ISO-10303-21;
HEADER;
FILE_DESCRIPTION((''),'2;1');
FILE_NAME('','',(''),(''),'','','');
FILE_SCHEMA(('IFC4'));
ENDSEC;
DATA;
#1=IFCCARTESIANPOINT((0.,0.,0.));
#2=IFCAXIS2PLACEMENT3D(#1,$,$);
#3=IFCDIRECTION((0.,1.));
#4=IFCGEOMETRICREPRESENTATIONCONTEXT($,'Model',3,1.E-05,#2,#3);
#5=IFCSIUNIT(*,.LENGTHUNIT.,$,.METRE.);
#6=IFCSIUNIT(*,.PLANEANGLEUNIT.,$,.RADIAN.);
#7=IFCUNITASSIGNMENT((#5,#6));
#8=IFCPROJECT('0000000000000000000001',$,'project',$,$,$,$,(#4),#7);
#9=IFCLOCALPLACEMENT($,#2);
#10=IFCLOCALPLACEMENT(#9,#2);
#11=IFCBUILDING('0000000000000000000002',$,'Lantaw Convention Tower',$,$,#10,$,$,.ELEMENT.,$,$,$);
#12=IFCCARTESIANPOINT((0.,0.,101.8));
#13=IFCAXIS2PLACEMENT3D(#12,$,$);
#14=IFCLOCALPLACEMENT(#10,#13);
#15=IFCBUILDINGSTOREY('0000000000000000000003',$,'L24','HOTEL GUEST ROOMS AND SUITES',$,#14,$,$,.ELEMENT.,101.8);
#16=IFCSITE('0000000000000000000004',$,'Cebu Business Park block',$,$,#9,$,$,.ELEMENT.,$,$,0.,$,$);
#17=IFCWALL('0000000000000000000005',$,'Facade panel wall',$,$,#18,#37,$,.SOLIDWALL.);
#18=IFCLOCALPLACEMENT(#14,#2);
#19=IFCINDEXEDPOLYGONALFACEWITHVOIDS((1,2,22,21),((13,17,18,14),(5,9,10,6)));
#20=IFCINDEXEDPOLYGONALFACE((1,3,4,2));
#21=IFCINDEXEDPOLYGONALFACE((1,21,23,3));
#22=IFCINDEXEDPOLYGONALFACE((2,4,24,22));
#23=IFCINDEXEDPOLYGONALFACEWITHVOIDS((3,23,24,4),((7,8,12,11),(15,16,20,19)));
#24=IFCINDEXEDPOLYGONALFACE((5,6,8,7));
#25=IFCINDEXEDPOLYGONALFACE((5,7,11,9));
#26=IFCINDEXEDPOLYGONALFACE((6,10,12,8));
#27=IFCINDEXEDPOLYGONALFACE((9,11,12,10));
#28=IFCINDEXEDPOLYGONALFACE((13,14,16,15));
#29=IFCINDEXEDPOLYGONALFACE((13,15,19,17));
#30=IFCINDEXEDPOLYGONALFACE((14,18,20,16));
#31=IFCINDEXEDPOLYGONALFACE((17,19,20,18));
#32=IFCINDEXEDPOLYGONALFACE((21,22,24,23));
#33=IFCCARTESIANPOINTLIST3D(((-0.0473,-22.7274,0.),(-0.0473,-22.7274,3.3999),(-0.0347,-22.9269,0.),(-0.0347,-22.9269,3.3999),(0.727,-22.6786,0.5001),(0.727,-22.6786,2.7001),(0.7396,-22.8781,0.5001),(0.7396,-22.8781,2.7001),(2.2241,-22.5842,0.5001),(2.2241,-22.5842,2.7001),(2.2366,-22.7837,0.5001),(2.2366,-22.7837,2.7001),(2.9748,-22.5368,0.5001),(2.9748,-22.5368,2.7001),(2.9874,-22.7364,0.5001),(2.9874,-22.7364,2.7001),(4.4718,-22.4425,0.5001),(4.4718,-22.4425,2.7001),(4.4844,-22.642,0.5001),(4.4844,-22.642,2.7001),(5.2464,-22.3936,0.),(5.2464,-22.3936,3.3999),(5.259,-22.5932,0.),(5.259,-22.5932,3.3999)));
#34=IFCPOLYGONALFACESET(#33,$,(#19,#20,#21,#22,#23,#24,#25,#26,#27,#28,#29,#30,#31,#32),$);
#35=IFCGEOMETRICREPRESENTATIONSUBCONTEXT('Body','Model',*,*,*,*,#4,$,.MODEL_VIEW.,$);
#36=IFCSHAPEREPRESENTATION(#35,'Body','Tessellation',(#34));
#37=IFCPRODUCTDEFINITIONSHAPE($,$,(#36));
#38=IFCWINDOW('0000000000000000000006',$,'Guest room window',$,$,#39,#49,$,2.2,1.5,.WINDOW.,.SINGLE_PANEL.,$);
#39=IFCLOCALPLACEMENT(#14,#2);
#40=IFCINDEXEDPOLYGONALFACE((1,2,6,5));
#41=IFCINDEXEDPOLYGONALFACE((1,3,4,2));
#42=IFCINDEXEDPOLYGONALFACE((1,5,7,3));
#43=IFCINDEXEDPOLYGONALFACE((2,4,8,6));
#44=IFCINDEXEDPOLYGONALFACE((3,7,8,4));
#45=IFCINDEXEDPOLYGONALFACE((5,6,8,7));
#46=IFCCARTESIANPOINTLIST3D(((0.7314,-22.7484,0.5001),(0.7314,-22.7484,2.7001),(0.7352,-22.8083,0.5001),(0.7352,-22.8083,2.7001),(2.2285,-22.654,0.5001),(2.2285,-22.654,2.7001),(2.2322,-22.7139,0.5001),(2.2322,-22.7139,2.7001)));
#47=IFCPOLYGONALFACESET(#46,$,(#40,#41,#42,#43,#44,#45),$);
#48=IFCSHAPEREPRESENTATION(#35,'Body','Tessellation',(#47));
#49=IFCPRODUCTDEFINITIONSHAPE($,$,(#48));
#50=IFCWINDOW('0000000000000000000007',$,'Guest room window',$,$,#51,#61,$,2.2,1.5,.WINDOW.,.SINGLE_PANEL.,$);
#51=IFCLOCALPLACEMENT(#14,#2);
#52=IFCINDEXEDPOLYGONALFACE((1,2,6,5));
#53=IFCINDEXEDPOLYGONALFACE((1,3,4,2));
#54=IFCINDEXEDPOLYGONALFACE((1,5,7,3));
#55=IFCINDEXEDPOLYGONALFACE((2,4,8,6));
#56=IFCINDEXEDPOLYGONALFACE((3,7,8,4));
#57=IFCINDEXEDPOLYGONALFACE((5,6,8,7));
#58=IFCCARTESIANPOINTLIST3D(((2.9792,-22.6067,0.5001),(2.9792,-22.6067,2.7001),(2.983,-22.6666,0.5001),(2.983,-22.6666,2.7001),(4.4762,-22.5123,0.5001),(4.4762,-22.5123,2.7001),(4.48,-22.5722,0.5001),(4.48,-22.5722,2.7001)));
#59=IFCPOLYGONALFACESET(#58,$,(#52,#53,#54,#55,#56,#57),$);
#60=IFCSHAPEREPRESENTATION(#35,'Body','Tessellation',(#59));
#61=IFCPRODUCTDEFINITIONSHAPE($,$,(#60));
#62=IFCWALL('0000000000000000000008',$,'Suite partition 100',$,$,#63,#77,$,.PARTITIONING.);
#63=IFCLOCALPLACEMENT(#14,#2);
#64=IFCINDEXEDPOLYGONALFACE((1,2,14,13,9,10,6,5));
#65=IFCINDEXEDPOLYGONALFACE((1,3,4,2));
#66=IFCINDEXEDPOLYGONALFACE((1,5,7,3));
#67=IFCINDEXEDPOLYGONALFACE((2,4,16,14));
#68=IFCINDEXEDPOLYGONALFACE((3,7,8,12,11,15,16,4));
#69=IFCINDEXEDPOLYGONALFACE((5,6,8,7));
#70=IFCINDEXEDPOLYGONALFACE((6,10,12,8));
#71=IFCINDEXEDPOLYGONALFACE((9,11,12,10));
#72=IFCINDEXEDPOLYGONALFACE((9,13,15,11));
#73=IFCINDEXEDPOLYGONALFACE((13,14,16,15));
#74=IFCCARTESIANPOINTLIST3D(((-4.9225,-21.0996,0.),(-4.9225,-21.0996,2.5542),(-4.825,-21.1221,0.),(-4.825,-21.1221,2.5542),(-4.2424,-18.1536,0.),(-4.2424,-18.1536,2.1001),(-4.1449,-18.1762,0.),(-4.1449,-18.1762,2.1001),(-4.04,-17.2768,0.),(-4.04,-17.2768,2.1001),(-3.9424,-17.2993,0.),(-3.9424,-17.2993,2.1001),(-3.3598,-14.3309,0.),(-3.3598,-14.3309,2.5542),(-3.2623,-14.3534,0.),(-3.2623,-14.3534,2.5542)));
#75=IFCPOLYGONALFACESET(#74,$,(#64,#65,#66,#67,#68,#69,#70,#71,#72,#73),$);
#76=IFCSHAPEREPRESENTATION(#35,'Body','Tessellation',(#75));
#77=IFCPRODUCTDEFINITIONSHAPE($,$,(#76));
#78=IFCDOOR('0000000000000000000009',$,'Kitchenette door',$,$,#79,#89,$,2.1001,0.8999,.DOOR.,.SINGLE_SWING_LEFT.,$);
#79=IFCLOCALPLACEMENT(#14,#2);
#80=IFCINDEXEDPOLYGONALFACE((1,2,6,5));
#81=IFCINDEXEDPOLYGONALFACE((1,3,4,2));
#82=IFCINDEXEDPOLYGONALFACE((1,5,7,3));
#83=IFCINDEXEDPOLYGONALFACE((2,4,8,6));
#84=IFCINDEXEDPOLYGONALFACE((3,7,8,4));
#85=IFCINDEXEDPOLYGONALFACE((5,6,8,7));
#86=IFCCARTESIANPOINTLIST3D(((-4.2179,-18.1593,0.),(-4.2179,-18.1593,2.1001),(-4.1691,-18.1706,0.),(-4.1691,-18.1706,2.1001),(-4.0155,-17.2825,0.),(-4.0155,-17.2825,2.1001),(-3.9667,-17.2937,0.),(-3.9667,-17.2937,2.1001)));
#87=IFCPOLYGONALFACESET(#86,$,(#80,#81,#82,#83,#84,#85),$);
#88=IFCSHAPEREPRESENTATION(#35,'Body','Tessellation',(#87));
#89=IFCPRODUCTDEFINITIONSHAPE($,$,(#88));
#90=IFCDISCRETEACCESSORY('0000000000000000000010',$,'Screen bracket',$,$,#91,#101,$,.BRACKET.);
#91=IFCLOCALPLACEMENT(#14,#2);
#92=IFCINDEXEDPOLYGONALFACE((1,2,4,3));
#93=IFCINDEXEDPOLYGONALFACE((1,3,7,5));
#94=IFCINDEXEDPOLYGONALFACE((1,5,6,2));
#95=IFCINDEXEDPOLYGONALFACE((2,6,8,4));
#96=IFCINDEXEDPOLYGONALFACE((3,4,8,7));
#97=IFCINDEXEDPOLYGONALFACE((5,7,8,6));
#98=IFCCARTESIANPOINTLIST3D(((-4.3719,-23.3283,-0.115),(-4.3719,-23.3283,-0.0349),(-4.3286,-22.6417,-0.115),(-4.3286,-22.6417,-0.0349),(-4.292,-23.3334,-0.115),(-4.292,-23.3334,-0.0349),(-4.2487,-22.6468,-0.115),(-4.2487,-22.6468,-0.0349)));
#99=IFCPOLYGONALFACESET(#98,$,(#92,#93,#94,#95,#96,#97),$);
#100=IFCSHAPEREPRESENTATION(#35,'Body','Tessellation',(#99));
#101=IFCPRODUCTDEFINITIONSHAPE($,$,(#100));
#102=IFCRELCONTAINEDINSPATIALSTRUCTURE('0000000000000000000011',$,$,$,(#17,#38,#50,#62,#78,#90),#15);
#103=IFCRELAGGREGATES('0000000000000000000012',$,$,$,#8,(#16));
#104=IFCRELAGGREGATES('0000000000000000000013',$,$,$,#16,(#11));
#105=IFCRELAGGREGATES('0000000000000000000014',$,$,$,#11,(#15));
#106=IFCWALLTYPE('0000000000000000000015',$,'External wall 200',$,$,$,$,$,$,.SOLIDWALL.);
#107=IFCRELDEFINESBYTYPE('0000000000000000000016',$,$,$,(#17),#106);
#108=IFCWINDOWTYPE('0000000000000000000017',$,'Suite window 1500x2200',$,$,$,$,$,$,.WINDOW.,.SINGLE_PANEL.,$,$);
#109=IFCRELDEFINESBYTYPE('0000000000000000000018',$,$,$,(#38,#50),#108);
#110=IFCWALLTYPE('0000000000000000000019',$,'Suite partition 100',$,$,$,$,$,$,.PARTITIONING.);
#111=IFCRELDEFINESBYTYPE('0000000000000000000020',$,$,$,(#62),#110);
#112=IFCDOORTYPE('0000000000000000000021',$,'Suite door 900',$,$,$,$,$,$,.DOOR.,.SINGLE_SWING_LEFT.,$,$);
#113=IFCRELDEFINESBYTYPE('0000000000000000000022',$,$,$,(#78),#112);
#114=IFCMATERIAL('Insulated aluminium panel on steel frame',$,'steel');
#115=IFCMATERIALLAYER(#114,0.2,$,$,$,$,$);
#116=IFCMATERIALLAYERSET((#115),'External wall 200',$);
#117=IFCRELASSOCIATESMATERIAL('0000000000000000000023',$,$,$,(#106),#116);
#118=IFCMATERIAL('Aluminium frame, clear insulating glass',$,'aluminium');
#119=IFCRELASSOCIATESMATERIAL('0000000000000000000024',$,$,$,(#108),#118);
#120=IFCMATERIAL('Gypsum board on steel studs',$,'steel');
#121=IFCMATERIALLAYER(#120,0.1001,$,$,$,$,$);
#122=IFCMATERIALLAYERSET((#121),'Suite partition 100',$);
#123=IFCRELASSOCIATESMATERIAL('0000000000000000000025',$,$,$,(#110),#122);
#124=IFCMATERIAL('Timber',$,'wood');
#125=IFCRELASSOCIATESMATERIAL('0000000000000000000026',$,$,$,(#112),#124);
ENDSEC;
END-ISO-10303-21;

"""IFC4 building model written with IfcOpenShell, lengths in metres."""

from ifc_helpers import new_model, si_unit, direction, frame, frame_2d, origin, origin_2d, place, context, subcontext, project, spatial, rectangle, extrude, material, layer, layer_set, type_object, element, fill, save


model = new_model("IFC4")

# Units and contexts
model_context = context("Model", 3, precision=1e-05, world=origin(), true_north=direction((0.0, 1.0)))
body_context = subcontext(model_context, "Body", "Model", "MODEL_VIEW")
ifc_project = project(units=[si_unit("LENGTHUNIT", "METRE"), si_unit("PLANEANGLEUNIT", "RADIAN")], contexts=[model_context])

# Site, building, storey
site_placement = place(None, origin())
site = spatial("IfcSite", under=ifc_project, at=site_placement, Name="Cebu Business Park block", CompositionType="ELEMENT", RefElevation=0.0)
building_placement = place(site_placement, origin())
building = spatial("IfcBuilding", under=site, at=building_placement, Name="Lantaw Convention Tower", CompositionType="ELEMENT")
storey_placement = place(building_placement, frame((0.0, 0.0, 101.8)))
storey = spatial("IfcBuildingStorey", under=building, at=storey_placement, Name="L24", Description="HOTEL GUEST ROOMS AND SUITES", CompositionType="ELEMENT", Elevation=101.8)

# Wall, openings, windows
ifc_material_1 = material(Name="Insulated aluminium panel on steel frame", Category="steel")
ifc_layer_1 = layer(ifc_material_1, 0.2)
ifc_layer_set_1 = layer_set([ifc_layer_1], Name="External wall 200")
wall_type_1 = type_object("IfcWallType", Name="External wall 200", PredefinedType="SOLIDWALL", material=ifc_layer_set_1)
wall_1_placement = place(storey_placement, frame((-0.041, -22.8271, 0.0), z_axis=(0.0, 0.0, 1.0), x_axis=(0.998019, 0.06292, 0.0)))
wall_1 = element("IfcWall", 1, at=wall_1_placement, inside=storey, type_object=wall_type_1, Name="Facade panel wall", PredefinedType="SOLIDWALL", context=body_context, shape_type="SweptSolid", body=[
    extrude(rectangle(XDim=5.3042, YDim=0.2, at=frame_2d((2.6521, 0.0))), origin(), (0.0, 0.0, 1.0), 3.3999),
])
opening_1_placement = place(wall_1_placement, frame((0.7759, 0.0, 0.5)))
opening_1 = element("IfcOpeningElement", 2, at=opening_1_placement, cuts=wall_1, PredefinedType="OPENING", context=body_context, shape_type="SweptSolid", body=[
    extrude(rectangle(XDim=1.5, YDim=2.2, at=frame_2d((0.75, 1.1001))), frame((0.0, 0.1099, 0.0), z_axis=(0.0, -1.0, 0.0), x_axis=(1.0, 0.0, 0.0)), (0.0, 0.0, 1.0), 0.22),
])
opening_2_placement = place(wall_1_placement, frame((3.0281, 0.0, 0.5)))
opening_2 = element("IfcOpeningElement", 3, at=opening_2_placement, cuts=wall_1, PredefinedType="OPENING", context=body_context, shape_type="SweptSolid", body=[
    extrude(rectangle(XDim=1.5, YDim=2.2, at=frame_2d((0.75, 1.1001))), frame((0.0, 0.1099, 0.0), z_axis=(0.0, -1.0, 0.0), x_axis=(1.0, 0.0, 0.0)), (0.0, 0.0, 1.0), 0.22),
])
ifc_material_2 = material(Name="Aluminium frame, clear insulating glass", Category="aluminium")
window_type = type_object("IfcWindowType", Name="Suite window 1500x2200", PartitioningType="SINGLE_PANEL", PredefinedType="WINDOW", material=ifc_material_2)
window_1_placement = place(opening_1_placement, origin())
window_1 = element("IfcWindow", 4, at=window_1_placement, inside=storey, type_object=window_type, Name="Guest room window", OverallHeight=2.2, OverallWidth=1.5, PartitioningType="SINGLE_PANEL", PredefinedType="WINDOW", context=body_context, shape_type="SweptSolid", body=[
    extrude(rectangle(XDim=1.5, YDim=2.2, at=frame_2d((0.75, 1.1001))), frame((0.0, 0.03, 0.0), z_axis=(0.0, -1.0, 0.0), x_axis=(1.0, 0.0, 0.0)), (0.0, 0.0, 1.0), 0.0601),
])
fill(opening_1, window_1)
window_2_placement = place(opening_2_placement, origin())
window_2 = element("IfcWindow", 5, at=window_2_placement, inside=storey, type_object=window_type, Name="Guest room window", OverallHeight=2.2, OverallWidth=1.5, PartitioningType="SINGLE_PANEL", PredefinedType="WINDOW", context=body_context, shape_type="SweptSolid", body=[
    extrude(rectangle(XDim=1.5, YDim=2.2, at=frame_2d((0.75, 1.1001))), frame((0.0, 0.03, 0.0), z_axis=(0.0, -1.0, 0.0), x_axis=(1.0, 0.0, 0.0)), (0.0, 0.0, 1.0), 0.0601),
])
fill(opening_2, window_2)

# Wall, opening, door
ifc_material_3 = material(Name="Gypsum board on steel studs", Category="steel")
ifc_layer_2 = layer(ifc_material_3, 0.1001)
ifc_layer_set_2 = layer_set([ifc_layer_2], Name="Suite partition 100")
wall_type_2 = type_object("IfcWallType", Name="Suite partition 100", PredefinedType="PARTITIONING", material=ifc_layer_set_2)
wall_2_placement = place(storey_placement, frame((-4.8738, -21.1108, 0.0), z_axis=(0.0, 0.0, 1.0), x_axis=(0.224957, 0.974369, 0.0)))
wall_2 = element("IfcWall", 6, at=wall_2_placement, inside=storey, type_object=wall_type_2, Name="Suite partition 100", PredefinedType="PARTITIONING", context=body_context, shape_type="SweptSolid", body=[
    extrude(rectangle(XDim=6.9468, YDim=0.1001, at=frame_2d((3.4734, 0.0))), origin(), (0.0, 0.0, 1.0), 2.5542),
])
opening_3_placement = place(wall_2_placement, frame((3.0234, 0.0, 0.0)))
opening_3 = element("IfcOpeningElement", 7, at=opening_3_placement, cuts=wall_2, PredefinedType="OPENING", context=body_context, shape_type="SweptSolid", body=[
    extrude(rectangle(XDim=0.8999, YDim=2.1001, at=frame_2d((0.45, 1.05))), frame((0.0, 0.0601, 0.0), z_axis=(0.0, -1.0, 0.0), x_axis=(1.0, 0.0, 0.0)), (0.0, 0.0, 1.0), 0.1201),
])
ifc_material_4 = material(Name="Timber", Category="wood")
door_type = type_object("IfcDoorType", Name="Suite door 900", OperationType="SINGLE_SWING_LEFT", PredefinedType="DOOR", material=ifc_material_4)
door_placement = place(opening_3_placement, origin())
door = element("IfcDoor", 8, at=door_placement, inside=storey, type_object=door_type, Name="Kitchenette door", OperationType="SINGLE_SWING_LEFT", OverallHeight=2.1001, OverallWidth=0.8999, PredefinedType="DOOR", context=body_context, shape_type="SweptSolid", body=[
    extrude(rectangle(XDim=0.8999, YDim=2.1001, at=frame_2d((0.45, 1.05))), frame((0.0, 0.0249, 0.0), z_axis=(0.0, -1.0, 0.0), x_axis=(1.0, 0.0, 0.0)), (0.0, 0.0, 1.0), 0.05),
])
fill(opening_3, door)

# Discrete accessory
discrete_accessory_placement = place(storey_placement, frame((-4.3103, -22.9875, -0.115), z_axis=(0.0, 0.0, 1.0), x_axis=(0.998016, -0.062958, 0.0)))
element("IfcDiscreteAccessory", 9, at=discrete_accessory_placement, inside=storey, Name="Screen bracket", PredefinedType="BRACKET", context=body_context, shape_type="SweptSolid", body=[
    extrude(rectangle(XDim=0.0801, YDim=0.688, at=origin_2d()), origin(), (0.0, 0.0, 1.0), 0.0801),
])

save(model, "model.ifc")
